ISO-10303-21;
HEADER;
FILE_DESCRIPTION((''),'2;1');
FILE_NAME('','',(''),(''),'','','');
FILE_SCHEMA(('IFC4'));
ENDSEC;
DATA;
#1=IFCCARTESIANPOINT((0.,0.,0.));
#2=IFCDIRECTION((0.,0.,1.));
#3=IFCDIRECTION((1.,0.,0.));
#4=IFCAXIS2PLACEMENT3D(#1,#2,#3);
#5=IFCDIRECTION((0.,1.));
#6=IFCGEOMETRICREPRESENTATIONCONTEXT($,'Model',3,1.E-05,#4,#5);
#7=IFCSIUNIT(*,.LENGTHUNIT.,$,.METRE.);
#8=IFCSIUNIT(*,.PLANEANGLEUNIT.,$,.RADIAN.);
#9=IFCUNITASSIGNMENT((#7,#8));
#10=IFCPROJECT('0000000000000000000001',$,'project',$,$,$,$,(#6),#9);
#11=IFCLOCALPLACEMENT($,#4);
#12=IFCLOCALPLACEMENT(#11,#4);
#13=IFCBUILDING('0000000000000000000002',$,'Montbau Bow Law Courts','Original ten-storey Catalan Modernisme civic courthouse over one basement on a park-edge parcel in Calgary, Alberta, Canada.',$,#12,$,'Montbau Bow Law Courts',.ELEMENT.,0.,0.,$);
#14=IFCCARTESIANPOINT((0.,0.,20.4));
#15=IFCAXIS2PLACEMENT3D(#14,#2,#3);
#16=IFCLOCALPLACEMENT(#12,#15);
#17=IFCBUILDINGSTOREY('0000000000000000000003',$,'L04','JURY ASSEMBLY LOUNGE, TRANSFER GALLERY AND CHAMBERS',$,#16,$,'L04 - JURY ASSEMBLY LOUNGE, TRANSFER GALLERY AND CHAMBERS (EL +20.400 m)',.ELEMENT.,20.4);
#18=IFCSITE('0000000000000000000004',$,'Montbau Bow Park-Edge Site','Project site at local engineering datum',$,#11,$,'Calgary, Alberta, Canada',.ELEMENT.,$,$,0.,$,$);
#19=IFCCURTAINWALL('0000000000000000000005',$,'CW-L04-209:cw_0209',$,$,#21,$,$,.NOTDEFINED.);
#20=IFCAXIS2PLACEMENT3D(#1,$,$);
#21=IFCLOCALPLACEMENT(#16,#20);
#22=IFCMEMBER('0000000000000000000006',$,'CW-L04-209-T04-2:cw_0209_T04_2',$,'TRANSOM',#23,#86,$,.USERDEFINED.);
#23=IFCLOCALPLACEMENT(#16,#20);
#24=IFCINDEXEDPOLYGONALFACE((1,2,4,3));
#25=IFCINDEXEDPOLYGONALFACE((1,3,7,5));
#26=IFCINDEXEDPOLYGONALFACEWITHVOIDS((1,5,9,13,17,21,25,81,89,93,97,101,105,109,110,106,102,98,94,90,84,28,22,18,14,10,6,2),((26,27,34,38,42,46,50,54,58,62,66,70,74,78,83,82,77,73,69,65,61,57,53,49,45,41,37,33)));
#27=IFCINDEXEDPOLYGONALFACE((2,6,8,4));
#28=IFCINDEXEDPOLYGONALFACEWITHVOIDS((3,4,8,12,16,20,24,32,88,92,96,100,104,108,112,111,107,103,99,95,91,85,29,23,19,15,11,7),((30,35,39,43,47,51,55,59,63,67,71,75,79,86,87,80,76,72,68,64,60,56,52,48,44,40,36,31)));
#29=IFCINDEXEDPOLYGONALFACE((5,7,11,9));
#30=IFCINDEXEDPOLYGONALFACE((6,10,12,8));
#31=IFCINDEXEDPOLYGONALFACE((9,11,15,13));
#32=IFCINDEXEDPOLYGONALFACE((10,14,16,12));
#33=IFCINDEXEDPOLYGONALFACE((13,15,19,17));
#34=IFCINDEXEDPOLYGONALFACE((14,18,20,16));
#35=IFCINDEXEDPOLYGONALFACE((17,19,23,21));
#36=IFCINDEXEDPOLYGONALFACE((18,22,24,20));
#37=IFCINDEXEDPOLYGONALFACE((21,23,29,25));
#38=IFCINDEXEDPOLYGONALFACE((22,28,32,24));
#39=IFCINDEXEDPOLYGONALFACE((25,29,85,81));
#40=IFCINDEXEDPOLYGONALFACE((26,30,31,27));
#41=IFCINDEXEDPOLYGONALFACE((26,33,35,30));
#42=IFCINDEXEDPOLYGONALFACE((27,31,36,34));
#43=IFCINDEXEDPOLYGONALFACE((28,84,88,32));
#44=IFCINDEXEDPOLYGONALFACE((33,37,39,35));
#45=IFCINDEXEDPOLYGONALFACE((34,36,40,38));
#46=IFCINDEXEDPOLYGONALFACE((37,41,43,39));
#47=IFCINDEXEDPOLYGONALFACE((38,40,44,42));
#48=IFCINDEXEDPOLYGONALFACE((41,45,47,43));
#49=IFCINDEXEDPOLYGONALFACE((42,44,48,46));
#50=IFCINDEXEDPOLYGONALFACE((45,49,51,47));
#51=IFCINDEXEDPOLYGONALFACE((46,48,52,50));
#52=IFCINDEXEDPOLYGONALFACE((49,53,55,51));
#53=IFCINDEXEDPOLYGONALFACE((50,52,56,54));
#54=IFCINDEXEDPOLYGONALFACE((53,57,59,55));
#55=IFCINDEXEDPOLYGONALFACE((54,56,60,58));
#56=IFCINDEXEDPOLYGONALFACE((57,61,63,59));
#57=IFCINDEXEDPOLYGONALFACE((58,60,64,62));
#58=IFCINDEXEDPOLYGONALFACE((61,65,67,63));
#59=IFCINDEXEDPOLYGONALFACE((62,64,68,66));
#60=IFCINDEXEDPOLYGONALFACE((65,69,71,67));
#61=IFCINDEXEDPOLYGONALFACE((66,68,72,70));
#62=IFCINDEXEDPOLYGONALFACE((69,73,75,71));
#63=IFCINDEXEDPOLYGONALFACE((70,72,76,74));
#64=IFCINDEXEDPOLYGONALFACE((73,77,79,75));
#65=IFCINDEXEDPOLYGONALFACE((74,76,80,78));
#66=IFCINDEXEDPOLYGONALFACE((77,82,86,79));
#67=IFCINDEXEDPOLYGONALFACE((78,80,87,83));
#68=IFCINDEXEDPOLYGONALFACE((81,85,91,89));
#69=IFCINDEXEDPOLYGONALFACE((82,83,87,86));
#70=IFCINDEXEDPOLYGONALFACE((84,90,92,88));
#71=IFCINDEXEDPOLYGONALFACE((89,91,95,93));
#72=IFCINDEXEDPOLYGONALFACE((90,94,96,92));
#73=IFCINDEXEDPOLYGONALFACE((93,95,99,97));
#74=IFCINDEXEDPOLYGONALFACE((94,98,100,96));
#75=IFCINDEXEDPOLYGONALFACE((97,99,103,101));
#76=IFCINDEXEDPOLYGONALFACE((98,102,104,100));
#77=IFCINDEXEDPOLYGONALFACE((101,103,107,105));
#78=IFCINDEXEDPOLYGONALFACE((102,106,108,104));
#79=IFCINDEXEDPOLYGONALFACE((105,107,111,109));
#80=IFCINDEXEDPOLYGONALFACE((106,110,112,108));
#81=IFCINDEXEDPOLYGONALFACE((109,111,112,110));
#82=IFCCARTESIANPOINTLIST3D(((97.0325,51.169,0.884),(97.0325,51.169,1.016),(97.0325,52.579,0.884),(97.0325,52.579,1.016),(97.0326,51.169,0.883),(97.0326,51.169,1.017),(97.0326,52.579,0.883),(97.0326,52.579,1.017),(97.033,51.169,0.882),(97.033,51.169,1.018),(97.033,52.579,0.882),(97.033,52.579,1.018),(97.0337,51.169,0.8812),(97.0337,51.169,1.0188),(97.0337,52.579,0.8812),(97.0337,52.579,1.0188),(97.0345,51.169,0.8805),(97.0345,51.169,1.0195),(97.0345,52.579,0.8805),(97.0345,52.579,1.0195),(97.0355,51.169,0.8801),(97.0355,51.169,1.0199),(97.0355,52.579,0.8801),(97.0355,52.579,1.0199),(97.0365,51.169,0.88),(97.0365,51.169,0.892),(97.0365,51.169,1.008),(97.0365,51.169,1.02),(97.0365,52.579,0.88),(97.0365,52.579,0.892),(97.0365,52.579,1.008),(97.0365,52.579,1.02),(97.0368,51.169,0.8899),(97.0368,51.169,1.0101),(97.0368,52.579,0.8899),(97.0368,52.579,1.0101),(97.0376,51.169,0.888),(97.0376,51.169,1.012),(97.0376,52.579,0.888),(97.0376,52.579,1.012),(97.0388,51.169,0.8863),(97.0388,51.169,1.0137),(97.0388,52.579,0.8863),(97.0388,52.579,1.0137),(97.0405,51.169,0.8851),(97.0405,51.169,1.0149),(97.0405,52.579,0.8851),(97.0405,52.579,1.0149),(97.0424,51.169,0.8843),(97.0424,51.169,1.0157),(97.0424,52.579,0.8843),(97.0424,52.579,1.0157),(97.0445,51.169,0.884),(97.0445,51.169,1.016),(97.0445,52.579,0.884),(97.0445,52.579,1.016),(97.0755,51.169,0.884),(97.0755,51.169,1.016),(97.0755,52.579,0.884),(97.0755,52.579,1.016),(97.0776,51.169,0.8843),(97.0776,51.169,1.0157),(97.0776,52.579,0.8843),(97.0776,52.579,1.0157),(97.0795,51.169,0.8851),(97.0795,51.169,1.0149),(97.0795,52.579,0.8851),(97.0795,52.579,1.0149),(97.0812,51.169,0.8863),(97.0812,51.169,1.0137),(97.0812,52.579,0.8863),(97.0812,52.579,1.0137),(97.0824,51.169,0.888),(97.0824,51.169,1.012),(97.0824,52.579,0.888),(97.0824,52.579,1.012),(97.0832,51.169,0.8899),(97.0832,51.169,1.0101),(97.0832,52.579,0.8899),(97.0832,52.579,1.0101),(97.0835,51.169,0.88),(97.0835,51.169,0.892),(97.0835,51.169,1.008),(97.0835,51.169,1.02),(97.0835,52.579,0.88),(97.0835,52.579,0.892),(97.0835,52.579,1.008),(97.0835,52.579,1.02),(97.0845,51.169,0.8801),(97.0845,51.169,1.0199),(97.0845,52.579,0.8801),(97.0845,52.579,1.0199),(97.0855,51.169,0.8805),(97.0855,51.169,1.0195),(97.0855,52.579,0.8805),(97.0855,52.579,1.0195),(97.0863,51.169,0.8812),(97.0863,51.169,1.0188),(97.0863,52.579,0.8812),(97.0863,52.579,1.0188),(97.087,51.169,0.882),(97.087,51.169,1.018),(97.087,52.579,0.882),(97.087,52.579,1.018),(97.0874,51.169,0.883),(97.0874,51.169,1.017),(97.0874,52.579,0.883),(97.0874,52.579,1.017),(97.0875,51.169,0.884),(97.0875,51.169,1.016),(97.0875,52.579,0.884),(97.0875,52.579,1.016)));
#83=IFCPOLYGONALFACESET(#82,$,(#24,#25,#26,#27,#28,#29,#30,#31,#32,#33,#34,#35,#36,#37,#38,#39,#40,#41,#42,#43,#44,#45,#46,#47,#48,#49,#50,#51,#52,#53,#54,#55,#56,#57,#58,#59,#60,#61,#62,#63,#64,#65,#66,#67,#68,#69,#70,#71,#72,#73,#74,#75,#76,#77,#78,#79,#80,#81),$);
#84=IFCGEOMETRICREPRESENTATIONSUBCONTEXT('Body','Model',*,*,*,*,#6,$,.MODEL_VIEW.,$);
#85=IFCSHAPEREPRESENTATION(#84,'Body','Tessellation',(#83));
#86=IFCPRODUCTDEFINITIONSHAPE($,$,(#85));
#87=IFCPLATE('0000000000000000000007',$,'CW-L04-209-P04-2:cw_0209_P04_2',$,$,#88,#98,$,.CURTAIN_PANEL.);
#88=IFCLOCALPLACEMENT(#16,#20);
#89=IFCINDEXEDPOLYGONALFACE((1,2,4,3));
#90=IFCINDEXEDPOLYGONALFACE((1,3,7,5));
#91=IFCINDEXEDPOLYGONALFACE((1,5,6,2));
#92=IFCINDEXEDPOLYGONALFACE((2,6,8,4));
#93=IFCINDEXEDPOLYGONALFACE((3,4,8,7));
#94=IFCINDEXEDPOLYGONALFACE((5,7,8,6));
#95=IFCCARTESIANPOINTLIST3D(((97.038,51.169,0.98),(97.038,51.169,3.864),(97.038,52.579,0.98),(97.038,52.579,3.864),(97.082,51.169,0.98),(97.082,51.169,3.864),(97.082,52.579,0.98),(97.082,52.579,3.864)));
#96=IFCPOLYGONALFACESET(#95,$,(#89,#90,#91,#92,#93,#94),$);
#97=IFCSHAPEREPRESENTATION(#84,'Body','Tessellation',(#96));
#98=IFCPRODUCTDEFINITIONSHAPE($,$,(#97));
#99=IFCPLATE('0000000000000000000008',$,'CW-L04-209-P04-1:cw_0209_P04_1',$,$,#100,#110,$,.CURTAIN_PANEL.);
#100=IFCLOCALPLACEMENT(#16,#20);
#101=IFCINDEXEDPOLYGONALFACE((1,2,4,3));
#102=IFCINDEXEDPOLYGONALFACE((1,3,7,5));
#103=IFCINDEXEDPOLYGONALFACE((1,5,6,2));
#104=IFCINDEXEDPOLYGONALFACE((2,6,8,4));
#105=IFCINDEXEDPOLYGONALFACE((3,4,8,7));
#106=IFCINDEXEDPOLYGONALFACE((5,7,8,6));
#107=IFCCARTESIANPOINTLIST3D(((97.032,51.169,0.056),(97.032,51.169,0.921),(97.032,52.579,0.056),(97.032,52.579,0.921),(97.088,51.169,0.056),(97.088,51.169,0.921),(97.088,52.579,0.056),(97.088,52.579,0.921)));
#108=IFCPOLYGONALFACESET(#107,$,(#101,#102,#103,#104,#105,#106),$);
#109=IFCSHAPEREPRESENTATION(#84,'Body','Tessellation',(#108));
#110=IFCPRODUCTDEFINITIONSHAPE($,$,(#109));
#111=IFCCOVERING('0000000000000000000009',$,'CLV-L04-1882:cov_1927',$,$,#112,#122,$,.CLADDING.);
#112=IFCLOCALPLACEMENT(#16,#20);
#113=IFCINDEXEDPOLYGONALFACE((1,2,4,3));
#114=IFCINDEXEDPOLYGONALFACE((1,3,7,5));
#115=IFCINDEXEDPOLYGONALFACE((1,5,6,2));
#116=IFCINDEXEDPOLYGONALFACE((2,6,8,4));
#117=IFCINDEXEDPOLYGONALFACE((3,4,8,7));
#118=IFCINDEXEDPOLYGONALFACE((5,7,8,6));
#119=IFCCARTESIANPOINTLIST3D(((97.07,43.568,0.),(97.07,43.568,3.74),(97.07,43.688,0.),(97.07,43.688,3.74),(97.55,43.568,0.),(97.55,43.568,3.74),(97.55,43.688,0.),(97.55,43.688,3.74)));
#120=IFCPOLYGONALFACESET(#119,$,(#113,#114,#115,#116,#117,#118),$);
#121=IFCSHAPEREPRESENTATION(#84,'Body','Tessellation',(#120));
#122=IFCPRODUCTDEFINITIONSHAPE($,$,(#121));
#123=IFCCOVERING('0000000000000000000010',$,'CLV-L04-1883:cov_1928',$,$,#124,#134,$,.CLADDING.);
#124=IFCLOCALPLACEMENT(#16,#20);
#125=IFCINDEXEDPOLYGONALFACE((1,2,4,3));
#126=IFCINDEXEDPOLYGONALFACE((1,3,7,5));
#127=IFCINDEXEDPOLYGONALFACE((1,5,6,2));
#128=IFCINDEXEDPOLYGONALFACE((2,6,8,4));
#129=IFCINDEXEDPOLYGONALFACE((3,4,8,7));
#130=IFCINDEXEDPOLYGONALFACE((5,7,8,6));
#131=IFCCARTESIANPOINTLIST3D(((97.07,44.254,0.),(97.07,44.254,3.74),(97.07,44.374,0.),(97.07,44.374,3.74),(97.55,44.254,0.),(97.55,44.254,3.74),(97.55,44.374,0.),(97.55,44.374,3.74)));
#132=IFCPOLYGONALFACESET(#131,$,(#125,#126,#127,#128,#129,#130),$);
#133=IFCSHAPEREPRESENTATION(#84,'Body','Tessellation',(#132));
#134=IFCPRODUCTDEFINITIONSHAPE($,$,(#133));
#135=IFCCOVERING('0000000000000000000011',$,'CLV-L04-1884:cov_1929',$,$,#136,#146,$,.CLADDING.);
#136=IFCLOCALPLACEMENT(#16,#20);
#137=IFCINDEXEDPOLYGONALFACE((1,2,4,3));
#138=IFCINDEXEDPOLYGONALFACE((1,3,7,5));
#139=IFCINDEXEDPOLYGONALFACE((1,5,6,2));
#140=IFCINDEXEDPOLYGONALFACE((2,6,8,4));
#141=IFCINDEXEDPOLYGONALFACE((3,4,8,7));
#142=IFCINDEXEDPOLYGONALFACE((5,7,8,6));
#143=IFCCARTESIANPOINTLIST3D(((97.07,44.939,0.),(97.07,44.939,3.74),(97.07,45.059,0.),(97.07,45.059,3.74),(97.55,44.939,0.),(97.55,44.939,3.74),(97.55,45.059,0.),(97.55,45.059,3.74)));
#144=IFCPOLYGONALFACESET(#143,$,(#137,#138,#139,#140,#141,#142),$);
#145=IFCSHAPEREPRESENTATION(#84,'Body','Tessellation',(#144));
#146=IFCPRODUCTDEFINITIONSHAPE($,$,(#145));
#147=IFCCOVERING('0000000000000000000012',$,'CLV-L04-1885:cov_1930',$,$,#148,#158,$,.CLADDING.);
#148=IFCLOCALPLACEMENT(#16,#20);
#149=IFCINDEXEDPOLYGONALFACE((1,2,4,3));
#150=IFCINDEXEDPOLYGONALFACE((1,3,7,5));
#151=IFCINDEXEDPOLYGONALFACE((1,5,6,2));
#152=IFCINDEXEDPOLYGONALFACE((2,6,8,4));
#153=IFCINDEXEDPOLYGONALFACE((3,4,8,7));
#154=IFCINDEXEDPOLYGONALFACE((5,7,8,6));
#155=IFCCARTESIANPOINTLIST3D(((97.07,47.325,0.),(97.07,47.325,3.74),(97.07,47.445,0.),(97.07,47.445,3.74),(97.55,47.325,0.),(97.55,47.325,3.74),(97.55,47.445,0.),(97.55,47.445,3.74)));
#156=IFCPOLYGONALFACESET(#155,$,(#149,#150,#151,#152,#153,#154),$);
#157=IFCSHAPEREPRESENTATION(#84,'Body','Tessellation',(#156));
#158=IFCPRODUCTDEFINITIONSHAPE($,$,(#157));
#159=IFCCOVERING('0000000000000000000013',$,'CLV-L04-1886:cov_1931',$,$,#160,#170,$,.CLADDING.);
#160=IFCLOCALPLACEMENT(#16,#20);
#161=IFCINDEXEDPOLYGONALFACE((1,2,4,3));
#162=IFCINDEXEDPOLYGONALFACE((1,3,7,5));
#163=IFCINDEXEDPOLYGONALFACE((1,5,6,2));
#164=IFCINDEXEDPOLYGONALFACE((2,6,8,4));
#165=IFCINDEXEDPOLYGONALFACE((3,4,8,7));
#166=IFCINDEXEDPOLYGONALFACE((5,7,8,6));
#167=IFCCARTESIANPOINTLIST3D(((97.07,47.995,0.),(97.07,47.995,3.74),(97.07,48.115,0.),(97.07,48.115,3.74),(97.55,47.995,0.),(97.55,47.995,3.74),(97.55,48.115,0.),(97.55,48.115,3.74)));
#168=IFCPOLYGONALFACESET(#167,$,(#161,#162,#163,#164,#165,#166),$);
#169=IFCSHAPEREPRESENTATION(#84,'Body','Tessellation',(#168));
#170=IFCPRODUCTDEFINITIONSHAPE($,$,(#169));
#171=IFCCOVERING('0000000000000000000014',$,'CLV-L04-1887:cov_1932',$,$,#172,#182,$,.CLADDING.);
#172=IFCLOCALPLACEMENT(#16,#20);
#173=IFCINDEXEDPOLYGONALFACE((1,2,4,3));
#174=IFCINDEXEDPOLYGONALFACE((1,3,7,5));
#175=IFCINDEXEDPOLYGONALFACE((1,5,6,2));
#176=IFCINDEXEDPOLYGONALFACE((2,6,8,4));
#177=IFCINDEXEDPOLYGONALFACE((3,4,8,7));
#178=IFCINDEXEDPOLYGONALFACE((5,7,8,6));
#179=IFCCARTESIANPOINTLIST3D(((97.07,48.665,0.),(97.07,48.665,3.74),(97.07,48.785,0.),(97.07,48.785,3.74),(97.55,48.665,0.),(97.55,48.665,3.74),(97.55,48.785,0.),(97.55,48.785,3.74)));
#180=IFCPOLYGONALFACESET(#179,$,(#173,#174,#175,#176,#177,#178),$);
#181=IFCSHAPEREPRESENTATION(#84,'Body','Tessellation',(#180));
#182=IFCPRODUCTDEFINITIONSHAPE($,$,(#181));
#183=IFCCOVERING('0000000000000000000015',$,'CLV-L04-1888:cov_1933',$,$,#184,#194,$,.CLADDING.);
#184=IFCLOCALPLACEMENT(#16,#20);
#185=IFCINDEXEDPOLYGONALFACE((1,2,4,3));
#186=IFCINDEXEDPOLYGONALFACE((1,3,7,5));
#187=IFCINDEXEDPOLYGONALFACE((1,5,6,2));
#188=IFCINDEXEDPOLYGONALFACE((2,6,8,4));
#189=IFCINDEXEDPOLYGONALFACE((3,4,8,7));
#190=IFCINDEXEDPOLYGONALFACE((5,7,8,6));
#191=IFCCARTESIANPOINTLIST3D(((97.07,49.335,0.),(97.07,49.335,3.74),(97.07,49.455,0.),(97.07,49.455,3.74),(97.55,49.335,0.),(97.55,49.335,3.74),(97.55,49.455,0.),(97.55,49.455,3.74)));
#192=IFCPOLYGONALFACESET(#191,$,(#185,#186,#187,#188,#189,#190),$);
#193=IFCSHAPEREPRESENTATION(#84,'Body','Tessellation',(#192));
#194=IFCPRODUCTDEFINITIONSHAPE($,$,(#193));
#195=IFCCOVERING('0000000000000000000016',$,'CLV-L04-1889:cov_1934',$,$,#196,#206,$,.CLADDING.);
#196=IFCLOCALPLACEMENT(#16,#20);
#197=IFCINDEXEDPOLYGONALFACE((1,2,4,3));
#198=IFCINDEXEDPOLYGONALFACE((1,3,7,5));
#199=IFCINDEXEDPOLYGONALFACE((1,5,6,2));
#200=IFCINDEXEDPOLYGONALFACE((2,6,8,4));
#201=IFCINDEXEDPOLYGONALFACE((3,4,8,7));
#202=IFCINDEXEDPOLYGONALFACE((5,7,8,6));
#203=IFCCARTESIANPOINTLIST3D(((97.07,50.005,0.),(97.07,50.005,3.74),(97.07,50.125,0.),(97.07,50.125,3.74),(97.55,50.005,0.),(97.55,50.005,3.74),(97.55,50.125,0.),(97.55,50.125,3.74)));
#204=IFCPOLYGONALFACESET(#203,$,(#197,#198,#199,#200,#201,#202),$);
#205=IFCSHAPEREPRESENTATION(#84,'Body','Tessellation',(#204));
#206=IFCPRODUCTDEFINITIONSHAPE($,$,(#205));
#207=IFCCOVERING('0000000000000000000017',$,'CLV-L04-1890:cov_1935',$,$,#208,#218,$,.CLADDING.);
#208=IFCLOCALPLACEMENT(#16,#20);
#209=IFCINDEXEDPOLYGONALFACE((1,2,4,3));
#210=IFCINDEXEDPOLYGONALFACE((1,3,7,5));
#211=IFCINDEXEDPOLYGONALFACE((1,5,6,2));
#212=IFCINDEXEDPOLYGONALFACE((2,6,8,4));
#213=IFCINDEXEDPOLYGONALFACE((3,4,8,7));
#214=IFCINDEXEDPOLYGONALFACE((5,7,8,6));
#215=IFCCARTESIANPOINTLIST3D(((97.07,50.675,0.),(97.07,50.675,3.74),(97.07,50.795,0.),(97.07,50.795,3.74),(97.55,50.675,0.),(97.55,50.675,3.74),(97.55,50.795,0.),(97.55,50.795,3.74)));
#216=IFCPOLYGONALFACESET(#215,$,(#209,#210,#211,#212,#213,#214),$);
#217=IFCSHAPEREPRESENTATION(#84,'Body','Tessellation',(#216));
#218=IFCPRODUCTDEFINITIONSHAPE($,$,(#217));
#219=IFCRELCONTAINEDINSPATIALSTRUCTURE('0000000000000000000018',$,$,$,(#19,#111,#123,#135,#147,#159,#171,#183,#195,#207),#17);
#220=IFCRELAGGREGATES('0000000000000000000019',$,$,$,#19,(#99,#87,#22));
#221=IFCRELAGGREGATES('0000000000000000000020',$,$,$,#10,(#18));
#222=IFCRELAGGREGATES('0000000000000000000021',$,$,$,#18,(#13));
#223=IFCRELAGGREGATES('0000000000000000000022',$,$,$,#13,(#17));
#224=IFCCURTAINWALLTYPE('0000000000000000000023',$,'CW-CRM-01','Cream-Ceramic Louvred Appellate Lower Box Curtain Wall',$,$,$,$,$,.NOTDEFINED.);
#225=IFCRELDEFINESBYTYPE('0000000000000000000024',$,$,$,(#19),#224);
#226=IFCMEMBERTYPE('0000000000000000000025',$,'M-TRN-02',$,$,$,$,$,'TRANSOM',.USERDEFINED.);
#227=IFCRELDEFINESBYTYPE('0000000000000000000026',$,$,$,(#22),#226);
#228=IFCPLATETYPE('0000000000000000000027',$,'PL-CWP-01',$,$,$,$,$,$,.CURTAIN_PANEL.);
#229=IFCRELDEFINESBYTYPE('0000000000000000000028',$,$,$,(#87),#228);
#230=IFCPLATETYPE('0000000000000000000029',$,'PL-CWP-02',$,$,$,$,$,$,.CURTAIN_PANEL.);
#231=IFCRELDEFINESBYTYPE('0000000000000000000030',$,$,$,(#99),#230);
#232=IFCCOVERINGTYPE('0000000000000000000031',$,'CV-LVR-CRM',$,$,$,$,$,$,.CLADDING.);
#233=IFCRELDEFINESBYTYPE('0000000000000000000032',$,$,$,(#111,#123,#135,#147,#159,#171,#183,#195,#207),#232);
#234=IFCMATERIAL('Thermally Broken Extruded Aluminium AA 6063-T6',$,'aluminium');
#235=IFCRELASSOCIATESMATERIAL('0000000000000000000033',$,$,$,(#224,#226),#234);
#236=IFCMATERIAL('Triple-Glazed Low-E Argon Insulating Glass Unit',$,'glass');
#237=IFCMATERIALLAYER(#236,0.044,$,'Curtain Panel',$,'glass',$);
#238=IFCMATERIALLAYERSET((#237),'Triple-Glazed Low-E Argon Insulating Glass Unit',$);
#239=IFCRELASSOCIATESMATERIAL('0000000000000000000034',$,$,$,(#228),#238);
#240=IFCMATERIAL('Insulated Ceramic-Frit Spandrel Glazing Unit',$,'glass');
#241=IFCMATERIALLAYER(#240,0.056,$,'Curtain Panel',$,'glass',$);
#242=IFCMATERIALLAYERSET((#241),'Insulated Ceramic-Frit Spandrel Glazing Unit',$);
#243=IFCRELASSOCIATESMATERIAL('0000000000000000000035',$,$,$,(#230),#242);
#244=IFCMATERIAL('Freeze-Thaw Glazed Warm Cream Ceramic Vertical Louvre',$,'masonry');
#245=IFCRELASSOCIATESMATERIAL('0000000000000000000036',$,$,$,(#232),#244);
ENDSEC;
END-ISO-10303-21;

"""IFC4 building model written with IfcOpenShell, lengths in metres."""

from ifc_helpers import new_model, si_unit, direction, frame, frame_2d, origin_with_axes, origin_2d_with_axis, place, context, subcontext, project, spatial, rectangle, hollow_rectangle, extrude, material, layer, layer_set, material_profile, profile_set, type_object, element, aggregate, save


model = new_model("IFC4")

# Units and contexts
model_context = context("Model", 3, precision=1e-05, world=origin_with_axes(), true_north=direction((0.0, 1.0)))
body_context = subcontext(model_context, "Body", "Model", "MODEL_VIEW")
ifc_project = project(units=[si_unit("LENGTHUNIT", "METRE"), si_unit("PLANEANGLEUNIT", "RADIAN")], contexts=[model_context])

# Site, building, storey
site_placement = place(None, origin_with_axes())
site = spatial("IfcSite", under=ifc_project, at=site_placement, Name="Montbau Bow Park-Edge Site", Description="Project site at local engineering datum", LongName="Calgary, Alberta, Canada", CompositionType="ELEMENT", RefElevation=0.0)
building_placement = place(site_placement, origin_with_axes())
building = spatial("IfcBuilding", under=site, at=building_placement, Name="Montbau Bow Law Courts", Description="Original ten-storey Catalan Modernisme civic courthouse over one basement on a park-edge parcel in Calgary, Alberta, Canada.", LongName="Montbau Bow Law Courts", CompositionType="ELEMENT", ElevationOfRefHeight=0.0, ElevationOfTerrain=0.0)
storey_placement = place(building_placement, frame((0.0, 0.0, 20.4), z_axis=(0.0, 0.0, 1.0), x_axis=(1.0, 0.0, 0.0)))
storey = spatial("IfcBuildingStorey", under=building, at=storey_placement, Name="L04", Description="JURY ASSEMBLY LOUNGE, TRANSFER GALLERY AND CHAMBERS", LongName="L04 - JURY ASSEMBLY LOUNGE, TRANSFER GALLERY AND CHAMBERS (EL +20.400 m)", CompositionType="ELEMENT", Elevation=20.4)

# Curtain wall, member, plates
ifc_material_1 = material(Name="Thermally Broken Extruded Aluminium AA 6063-T6", Category="aluminium")
curtain_wall_type = type_object("IfcCurtainWallType", Name="CW-CRM-01", Description="Cream-Ceramic Louvred Appellate Lower Box Curtain Wall", PredefinedType="NOTDEFINED", material=ifc_material_1)
curtain_wall_placement = place(None, frame((97.06, 46.715, 20.4), z_axis=(0.0, 0.0, 1.0), x_axis=(1.0, 0.0, 0.0)))
curtain_wall = element("IfcCurtainWall", 1, at=curtain_wall_placement, inside=storey, type_object=curtain_wall_type, Name="CW-L04-209:cw_0209", PredefinedType="NOTDEFINED")
ifc_material_profile_1 = material_profile(ifc_material_1, hollow_rectangle(XDim=0.055, YDim=0.14, WallThickness=0.004, InnerFilletRadius=0.008, OuterFilletRadius=0.004, at=origin_2d_with_axis()), Name="CWT-140X55", Category="Main", Priority=0)
ifc_profile_set_1 = profile_set([ifc_material_profile_1], Name="Thermally Broken Extruded Aluminium AA 6063-T6")
member_type_1 = type_object("IfcMemberType", Name="M-TRN-02", ElementType="TRANSOM", PredefinedType="USERDEFINED", material=ifc_profile_set_1)
member_1_placement = place(None, frame((97.06, 51.169, 21.35), z_axis=(0.0, 1.0, 0.0), x_axis=(-1.0, 0.0, 0.0)))
member_1 = element("IfcMember", 2, at=member_1_placement, type_object=member_type_1, Name="CW-L04-209-T04-2:cw_0209_T04_2", ObjectType="TRANSOM", PredefinedType="USERDEFINED", context=body_context, shape_type="SweptSolid", body=[
    extrude(hollow_rectangle(XDim=0.055, YDim=0.14, WallThickness=0.004, InnerFilletRadius=0.008, OuterFilletRadius=0.004, at=origin_2d_with_axis()), origin_with_axes(), (0.0, 0.0, 1.0), 1.41),
])
ifc_material_2 = material(Name="Triple-Glazed Low-E Argon Insulating Glass Unit", Category="glass")
ifc_layer_1 = layer(ifc_material_2, 0.044, Name="Curtain Panel", Category="glass")
ifc_layer_set_1 = layer_set([ifc_layer_1], Name="Triple-Glazed Low-E Argon Insulating Glass Unit")
plate_type_1 = type_object("IfcPlateType", Name="PL-CWP-01", PredefinedType="CURTAIN_PANEL", material=ifc_layer_set_1)
plate_1_placement = place(None, frame((97.06, 51.169, 21.38), z_axis=(1.0, 0.0, 0.0), x_axis=(0.0, 1.0, 0.0)))
plate_1 = element("IfcPlate", 3, at=plate_1_placement, type_object=plate_type_1, Name="CW-L04-209-P04-2:cw_0209_P04_2", PredefinedType="CURTAIN_PANEL", context=body_context, shape_type="SweptSolid", body=[
    extrude(rectangle(XDim=1.41, YDim=2.884, at=frame_2d((0.705, 1.442), x_axis=(1.0, 0.0))), frame((0.0, 0.0, -0.022), z_axis=(0.0, 0.0, 1.0), x_axis=(1.0, 0.0, 0.0)), (0.0, 0.0, 1.0), 0.044),
])
ifc_material_3 = material(Name="Insulated Ceramic-Frit Spandrel Glazing Unit", Category="glass")
ifc_layer_2 = layer(ifc_material_3, 0.056, Name="Curtain Panel", Category="glass")
ifc_layer_set_2 = layer_set([ifc_layer_2], Name="Insulated Ceramic-Frit Spandrel Glazing Unit")
plate_type_2 = type_object("IfcPlateType", Name="PL-CWP-02", PredefinedType="CURTAIN_PANEL", material=ifc_layer_set_2)
plate_2_placement = place(None, frame((97.06, 51.169, 20.456), z_axis=(1.0, 0.0, 0.0), x_axis=(0.0, 1.0, 0.0)))
plate_2 = element("IfcPlate", 4, at=plate_2_placement, type_object=plate_type_2, Name="CW-L04-209-P04-1:cw_0209_P04_1", PredefinedType="CURTAIN_PANEL", context=body_context, shape_type="SweptSolid", body=[
    extrude(rectangle(XDim=1.41, YDim=0.865, at=frame_2d((0.705, 0.4325), x_axis=(1.0, 0.0))), frame((0.0, 0.0, -0.028), z_axis=(0.0, 0.0, 1.0), x_axis=(1.0, 0.0, 0.0)), (0.0, 0.0, 1.0), 0.056),
])
aggregate(curtain_wall, [plate_2, plate_1, member_1])

# Coverings
ifc_material_4 = material(Name="Freeze-Thaw Glazed Warm Cream Ceramic Vertical Louvre", Category="masonry")
covering_type = type_object("IfcCoveringType", Name="CV-LVR-CRM", PredefinedType="CLADDING", material=ifc_material_4)
for number, where, z_axis, x_axis, name in (
    (5, (97.07, 43.628, 20.4), (0.0, -1.0, 0.0), (1.0, 0.0, 0.0), "CLV-L04-1882:cov_1927"),
    (6, (97.07, 44.314, 20.4), (0.0, -1.0, 0.0), (1.0, 0.0, 0.0), "CLV-L04-1883:cov_1928"),
    (7, (97.07, 44.999, 20.4), (0.0, -1.0, 0.0), (1.0, 0.0, 0.0), "CLV-L04-1884:cov_1929"),
    (8, (97.07, 47.385, 20.4), (0.0, -1.0, 0.0), (1.0, 0.0, 0.0), "CLV-L04-1885:cov_1930"),
    (9, (97.07, 48.055, 20.4), (0.0, -1.0, 0.0), (1.0, 0.0, 0.0), "CLV-L04-1886:cov_1931"),
    (10, (97.07, 48.725, 20.4), (0.0, -1.0, 0.0), (1.0, 0.0, 0.0), "CLV-L04-1887:cov_1932"),
    (11, (97.07, 49.395, 20.4), (0.0, -1.0, 0.0), (1.0, 0.0, 0.0), "CLV-L04-1888:cov_1933"),
    (12, (97.07, 50.065, 20.4), (0.0, -1.0, 0.0), (1.0, 0.0, 0.0), "CLV-L04-1889:cov_1934"),
    (13, (97.07, 50.735, 20.4), (0.0, -1.0, 0.0), (1.0, 0.0, 0.0), "CLV-L04-1890:cov_1935"),
):
    element("IfcCovering", number, at=place(None, frame(where, z_axis=z_axis, x_axis=x_axis)), inside=storey, type_object=covering_type, Name=name, PredefinedType="CLADDING", context=body_context, shape_type="SweptSolid", body=[
        extrude(rectangle(XDim=0.48, YDim=3.74, at=frame_2d((0.24, 1.87), x_axis=(1.0, 0.0))), frame((0.0, 0.0, -0.06), z_axis=(0.0, 0.0, 1.0), x_axis=(1.0, 0.0, 0.0)), (0.0, 0.0, 1.0), 0.12),
    ])

save(model, "model.ifc")
